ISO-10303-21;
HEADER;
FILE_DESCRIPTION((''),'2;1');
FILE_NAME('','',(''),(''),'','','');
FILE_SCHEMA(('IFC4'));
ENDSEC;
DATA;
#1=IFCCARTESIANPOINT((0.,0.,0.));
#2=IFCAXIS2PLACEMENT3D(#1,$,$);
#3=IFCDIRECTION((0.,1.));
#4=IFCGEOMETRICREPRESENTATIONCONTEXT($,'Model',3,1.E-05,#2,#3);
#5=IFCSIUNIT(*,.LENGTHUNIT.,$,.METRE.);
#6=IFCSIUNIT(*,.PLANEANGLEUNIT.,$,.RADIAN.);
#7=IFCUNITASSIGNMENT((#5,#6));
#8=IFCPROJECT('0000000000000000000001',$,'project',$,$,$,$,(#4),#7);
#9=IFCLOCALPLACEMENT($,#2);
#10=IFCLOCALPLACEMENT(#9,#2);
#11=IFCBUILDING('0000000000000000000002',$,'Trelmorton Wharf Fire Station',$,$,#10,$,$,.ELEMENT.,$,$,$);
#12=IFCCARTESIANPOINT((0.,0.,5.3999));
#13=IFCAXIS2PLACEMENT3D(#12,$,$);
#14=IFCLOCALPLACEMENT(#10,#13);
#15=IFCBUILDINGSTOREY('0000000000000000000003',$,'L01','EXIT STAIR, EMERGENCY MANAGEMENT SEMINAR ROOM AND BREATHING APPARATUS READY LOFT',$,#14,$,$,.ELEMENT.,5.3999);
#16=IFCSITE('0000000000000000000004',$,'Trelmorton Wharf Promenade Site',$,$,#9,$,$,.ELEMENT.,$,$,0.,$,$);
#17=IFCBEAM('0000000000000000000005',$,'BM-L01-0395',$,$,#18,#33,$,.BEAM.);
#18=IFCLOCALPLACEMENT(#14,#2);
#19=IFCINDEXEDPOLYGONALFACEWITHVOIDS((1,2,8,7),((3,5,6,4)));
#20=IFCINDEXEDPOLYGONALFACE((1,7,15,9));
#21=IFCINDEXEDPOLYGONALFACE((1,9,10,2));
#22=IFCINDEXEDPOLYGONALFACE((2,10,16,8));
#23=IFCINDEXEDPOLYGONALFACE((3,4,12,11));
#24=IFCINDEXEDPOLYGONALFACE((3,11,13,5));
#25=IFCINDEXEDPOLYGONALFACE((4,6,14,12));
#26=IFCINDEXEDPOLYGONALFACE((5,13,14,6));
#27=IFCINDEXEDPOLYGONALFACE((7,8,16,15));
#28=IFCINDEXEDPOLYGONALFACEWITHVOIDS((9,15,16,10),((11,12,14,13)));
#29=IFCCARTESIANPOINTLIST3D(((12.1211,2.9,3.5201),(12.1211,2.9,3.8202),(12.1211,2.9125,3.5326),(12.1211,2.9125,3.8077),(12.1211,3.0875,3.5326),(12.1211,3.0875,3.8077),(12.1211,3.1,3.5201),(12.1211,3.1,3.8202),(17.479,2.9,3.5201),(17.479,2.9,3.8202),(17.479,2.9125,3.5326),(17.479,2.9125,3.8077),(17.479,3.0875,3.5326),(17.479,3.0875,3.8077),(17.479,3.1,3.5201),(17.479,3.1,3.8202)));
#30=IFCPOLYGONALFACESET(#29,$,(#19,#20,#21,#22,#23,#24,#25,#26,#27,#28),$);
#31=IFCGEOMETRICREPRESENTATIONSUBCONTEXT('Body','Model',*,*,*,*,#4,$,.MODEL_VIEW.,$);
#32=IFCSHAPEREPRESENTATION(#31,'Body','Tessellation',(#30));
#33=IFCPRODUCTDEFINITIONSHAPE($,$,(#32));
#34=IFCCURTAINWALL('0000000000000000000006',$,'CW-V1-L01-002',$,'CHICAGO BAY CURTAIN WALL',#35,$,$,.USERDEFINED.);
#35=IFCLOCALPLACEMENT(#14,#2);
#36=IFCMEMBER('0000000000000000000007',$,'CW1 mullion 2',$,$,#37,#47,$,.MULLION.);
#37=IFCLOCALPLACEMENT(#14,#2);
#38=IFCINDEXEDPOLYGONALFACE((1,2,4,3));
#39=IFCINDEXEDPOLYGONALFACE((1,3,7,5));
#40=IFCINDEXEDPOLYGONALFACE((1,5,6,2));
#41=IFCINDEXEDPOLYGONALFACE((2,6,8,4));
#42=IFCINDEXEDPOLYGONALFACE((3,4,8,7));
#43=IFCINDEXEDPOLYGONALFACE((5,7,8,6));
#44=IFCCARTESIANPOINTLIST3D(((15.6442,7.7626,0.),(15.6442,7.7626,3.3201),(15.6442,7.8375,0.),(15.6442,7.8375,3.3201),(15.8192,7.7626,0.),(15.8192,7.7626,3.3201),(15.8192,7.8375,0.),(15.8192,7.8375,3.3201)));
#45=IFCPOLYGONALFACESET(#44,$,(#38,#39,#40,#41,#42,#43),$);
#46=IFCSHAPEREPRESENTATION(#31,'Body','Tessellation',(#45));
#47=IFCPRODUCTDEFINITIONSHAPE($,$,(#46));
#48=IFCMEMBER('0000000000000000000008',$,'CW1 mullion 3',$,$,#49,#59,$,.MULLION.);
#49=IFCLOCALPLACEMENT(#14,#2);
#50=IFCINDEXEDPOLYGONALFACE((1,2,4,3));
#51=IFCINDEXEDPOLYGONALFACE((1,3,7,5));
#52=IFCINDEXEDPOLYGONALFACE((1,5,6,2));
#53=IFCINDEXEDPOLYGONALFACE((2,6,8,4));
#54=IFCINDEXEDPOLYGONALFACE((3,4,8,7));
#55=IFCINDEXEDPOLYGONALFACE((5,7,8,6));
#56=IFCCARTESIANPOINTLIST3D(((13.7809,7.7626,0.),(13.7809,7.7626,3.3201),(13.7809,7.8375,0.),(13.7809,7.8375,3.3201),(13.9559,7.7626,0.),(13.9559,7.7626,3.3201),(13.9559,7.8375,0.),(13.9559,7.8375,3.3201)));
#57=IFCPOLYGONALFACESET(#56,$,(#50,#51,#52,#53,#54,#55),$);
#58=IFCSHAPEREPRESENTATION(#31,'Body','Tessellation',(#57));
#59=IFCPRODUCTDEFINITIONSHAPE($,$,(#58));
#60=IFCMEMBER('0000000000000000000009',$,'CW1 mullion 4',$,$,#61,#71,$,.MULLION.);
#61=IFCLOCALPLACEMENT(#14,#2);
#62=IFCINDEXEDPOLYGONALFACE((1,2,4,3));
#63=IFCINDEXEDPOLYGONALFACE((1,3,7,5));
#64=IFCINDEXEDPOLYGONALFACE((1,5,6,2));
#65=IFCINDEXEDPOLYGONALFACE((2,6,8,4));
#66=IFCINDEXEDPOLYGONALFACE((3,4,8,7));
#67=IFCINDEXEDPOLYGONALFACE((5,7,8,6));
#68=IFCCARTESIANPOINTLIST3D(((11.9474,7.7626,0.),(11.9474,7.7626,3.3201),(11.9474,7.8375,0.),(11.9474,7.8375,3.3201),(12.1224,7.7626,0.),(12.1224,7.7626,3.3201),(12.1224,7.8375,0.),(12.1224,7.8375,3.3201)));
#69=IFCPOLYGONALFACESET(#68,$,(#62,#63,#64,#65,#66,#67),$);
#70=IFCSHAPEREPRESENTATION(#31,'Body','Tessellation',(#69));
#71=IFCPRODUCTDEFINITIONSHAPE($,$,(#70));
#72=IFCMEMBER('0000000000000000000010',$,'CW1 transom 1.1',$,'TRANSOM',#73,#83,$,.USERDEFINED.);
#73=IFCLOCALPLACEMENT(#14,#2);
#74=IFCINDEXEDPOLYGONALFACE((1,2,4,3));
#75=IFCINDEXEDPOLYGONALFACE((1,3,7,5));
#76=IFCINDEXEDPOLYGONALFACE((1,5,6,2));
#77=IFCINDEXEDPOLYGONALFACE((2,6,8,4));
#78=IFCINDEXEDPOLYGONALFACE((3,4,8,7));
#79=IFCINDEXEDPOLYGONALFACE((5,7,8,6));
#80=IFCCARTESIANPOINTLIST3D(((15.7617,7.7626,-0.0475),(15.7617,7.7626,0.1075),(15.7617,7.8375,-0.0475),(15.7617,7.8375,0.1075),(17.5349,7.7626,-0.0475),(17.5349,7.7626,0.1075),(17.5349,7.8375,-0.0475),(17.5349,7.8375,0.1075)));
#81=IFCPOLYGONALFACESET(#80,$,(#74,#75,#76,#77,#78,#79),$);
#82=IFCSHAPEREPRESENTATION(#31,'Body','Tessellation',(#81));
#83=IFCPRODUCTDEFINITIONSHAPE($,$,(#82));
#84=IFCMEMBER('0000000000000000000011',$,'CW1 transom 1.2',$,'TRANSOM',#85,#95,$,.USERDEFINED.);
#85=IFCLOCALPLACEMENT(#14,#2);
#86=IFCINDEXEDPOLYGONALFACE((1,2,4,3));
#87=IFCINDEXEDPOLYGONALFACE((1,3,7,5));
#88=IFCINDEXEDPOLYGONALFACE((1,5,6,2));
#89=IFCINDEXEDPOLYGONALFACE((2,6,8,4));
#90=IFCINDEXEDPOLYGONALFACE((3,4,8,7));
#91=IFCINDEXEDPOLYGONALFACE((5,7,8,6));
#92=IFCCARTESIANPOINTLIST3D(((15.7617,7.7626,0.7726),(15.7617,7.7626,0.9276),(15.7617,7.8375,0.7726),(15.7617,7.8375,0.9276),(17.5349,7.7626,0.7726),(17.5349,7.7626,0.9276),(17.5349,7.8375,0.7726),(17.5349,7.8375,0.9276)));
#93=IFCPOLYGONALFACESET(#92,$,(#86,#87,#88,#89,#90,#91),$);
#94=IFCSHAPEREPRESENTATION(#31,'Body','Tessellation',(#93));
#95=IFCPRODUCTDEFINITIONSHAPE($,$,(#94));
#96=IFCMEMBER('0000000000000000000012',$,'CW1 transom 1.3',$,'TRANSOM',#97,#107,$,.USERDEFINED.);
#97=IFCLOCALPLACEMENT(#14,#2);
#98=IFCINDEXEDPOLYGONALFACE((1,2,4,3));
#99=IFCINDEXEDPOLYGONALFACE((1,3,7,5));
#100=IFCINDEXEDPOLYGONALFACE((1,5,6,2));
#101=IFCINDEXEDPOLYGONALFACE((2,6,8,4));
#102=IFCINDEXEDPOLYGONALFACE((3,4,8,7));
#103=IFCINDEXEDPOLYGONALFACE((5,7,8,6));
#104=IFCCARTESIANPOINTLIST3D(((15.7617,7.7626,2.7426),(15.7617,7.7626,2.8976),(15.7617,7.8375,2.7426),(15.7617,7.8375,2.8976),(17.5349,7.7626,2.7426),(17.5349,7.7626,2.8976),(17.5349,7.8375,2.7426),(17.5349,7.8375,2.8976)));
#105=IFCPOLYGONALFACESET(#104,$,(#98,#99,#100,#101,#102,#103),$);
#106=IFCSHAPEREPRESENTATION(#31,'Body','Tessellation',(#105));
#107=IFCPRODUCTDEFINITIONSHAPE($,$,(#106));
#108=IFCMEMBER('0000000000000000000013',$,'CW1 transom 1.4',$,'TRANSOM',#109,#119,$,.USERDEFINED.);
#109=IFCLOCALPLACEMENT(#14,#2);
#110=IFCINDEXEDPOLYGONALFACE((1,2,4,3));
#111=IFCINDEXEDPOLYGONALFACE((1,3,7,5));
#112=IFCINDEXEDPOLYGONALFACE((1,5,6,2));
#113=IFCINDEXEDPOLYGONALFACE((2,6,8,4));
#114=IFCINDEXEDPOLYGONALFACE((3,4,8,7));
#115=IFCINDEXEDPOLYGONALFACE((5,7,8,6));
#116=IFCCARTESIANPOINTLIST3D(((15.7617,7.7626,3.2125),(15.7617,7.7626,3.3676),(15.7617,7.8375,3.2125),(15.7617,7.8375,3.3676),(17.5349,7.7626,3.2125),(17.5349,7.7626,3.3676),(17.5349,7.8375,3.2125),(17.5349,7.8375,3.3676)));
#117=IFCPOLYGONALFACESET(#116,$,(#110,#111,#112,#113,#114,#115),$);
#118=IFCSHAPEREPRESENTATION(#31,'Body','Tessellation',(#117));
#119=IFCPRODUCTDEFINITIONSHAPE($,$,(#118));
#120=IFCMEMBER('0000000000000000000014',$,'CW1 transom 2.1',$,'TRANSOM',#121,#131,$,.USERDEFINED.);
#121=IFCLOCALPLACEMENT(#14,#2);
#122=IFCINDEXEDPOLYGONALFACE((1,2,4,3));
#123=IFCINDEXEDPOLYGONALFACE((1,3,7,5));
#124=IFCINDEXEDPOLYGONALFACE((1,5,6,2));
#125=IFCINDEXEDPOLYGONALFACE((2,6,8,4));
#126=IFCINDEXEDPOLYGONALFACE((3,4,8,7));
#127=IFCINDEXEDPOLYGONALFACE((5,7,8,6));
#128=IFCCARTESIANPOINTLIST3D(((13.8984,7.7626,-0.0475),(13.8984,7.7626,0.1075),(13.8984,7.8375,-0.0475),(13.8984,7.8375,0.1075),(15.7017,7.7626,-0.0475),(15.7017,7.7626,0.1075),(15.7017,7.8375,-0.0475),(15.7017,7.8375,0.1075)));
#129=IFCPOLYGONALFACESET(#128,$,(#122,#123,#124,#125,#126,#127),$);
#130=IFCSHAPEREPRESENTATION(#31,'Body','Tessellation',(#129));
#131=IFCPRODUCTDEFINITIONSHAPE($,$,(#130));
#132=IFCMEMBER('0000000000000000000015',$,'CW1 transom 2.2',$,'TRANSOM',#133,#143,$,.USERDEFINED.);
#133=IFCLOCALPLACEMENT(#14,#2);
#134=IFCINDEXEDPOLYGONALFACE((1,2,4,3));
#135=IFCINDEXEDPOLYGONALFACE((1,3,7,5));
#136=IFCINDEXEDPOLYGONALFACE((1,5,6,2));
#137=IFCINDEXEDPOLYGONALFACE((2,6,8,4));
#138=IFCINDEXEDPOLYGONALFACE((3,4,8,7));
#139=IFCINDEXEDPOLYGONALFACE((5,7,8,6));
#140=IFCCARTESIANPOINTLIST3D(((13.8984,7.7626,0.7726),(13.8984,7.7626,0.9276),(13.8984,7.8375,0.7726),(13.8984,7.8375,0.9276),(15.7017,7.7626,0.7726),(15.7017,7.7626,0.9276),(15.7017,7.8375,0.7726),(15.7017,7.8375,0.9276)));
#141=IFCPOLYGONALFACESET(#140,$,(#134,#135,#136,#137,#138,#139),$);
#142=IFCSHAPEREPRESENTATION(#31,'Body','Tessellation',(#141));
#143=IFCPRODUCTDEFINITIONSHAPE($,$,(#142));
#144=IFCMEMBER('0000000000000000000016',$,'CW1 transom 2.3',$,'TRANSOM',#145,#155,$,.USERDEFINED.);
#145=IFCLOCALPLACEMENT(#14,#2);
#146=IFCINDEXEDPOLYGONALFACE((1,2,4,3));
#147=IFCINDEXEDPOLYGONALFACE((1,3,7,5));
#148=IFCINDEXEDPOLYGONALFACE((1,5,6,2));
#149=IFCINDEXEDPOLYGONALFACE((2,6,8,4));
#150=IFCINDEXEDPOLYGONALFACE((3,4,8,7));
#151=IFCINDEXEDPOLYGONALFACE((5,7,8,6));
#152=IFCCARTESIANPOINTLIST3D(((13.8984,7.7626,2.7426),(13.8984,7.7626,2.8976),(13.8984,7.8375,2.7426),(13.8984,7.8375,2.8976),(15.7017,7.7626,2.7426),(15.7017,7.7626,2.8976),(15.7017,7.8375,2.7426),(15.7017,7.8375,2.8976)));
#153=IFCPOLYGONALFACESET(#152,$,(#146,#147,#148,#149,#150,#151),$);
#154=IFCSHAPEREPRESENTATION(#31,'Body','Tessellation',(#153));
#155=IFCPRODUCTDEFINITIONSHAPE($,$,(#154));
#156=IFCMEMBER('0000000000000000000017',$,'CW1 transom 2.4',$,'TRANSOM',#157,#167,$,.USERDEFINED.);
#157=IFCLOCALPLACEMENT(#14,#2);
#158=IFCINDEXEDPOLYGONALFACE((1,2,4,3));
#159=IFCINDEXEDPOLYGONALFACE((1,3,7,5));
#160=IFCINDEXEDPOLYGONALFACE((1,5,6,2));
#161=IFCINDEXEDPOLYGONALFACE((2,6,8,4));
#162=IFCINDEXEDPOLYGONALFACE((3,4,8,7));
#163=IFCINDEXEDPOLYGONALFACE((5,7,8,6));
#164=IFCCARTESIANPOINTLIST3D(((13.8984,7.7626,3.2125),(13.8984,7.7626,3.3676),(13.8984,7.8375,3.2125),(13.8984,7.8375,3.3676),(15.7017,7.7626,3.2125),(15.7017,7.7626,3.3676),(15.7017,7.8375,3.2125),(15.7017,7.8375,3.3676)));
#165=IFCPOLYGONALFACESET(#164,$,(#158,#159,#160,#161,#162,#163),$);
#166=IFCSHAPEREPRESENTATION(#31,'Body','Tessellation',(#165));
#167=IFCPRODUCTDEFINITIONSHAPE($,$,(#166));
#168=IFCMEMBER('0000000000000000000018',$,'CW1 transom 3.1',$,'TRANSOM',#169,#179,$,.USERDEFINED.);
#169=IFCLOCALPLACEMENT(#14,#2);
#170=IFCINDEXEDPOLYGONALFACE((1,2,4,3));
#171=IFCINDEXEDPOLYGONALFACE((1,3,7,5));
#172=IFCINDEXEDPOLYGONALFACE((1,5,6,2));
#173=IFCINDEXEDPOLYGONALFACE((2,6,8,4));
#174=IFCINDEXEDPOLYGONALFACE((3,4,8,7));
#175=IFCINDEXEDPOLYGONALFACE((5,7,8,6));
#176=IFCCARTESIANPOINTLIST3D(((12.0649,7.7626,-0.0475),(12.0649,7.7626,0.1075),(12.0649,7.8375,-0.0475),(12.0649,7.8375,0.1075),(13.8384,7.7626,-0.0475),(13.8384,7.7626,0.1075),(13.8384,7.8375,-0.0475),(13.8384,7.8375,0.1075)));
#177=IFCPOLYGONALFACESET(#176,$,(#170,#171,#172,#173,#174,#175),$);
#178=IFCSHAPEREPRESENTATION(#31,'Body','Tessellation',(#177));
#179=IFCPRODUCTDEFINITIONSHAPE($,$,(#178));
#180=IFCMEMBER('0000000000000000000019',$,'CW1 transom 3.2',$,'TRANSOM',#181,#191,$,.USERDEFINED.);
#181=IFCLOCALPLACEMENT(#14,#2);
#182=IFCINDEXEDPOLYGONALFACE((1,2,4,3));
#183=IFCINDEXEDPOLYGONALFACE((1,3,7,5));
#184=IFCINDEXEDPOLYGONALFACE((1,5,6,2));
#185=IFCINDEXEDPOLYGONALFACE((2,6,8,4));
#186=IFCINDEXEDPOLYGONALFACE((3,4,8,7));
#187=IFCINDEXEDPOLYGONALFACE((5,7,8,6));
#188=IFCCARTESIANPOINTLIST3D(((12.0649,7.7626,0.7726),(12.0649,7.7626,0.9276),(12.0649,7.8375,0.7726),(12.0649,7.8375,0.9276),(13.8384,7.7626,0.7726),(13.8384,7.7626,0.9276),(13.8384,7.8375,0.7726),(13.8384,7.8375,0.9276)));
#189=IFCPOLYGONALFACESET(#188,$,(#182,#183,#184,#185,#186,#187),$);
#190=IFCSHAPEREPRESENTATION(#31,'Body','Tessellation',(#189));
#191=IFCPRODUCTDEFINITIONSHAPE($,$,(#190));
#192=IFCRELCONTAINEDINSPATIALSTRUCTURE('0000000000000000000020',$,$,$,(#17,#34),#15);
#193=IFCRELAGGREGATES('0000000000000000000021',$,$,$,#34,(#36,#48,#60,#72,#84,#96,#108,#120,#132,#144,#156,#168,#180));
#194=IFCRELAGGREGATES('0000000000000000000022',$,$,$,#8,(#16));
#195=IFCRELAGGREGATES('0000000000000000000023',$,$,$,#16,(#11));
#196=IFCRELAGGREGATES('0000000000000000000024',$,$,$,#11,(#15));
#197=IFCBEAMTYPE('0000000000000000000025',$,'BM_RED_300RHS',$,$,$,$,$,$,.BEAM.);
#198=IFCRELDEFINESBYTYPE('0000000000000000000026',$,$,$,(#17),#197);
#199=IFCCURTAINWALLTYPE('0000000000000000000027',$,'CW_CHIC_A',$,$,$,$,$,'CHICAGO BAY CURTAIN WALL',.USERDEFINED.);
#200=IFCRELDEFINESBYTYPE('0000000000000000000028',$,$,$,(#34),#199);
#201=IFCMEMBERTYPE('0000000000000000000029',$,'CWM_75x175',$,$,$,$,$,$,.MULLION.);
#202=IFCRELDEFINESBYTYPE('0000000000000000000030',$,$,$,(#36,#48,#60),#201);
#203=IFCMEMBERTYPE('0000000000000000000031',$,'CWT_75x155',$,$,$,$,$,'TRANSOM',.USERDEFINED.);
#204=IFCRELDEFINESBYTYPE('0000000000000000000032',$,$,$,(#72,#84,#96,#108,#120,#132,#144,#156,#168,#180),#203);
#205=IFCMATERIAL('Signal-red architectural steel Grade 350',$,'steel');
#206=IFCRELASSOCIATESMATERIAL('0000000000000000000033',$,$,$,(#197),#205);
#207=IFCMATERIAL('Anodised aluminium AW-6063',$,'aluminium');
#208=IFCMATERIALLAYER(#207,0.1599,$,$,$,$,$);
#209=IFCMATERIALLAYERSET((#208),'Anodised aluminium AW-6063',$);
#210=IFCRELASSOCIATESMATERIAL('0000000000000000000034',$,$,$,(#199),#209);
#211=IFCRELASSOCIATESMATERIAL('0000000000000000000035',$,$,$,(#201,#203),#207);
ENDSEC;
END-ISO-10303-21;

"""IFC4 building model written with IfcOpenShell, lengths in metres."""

from ifc_helpers import new_model, si_unit, direction, frame, origin, origin_2d, place, context, subcontext, project, spatial, rectangle, hollow_rectangle, extrude, material, layer, layer_set, material_profile, profile_set, type_object, element, aggregate, save


model = new_model("IFC4")

# Units and contexts
model_context = context("Model", 3, precision=1e-05, world=origin(), true_north=direction((0.0, 1.0)))
body_context = subcontext(model_context, "Body", "Model", "MODEL_VIEW")
ifc_project = project(units=[si_unit("LENGTHUNIT", "METRE"), si_unit("PLANEANGLEUNIT", "RADIAN")], contexts=[model_context])

# Site, building, storey
site_placement = place(None, origin())
site = spatial("IfcSite", under=ifc_project, at=site_placement, Name="Trelmorton Wharf Promenade Site", CompositionType="ELEMENT", RefElevation=0.0)
building_placement = place(site_placement, origin())
building = spatial("IfcBuilding", under=site, at=building_placement, Name="Trelmorton Wharf Fire Station", CompositionType="ELEMENT")
storey_placement = place(building_placement, frame((0.0, 0.0, 5.3999)))
storey = spatial("IfcBuildingStorey", under=building, at=storey_placement, Name="L01", Description="EXIT STAIR, EMERGENCY MANAGEMENT SEMINAR ROOM AND BREATHING APPARATUS READY LOFT", CompositionType="ELEMENT", Elevation=5.3999)

# Beam
ifc_material_1 = material(Name="Signal-red architectural steel Grade 350", Category="steel")
ifc_material_profile_1 = material_profile(ifc_material_1, hollow_rectangle(XDim=0.2, YDim=0.3, WallThickness=0.0125, at=origin_2d()), Name="300x200x12.5RHS")
ifc_profile_set_1 = profile_set([ifc_material_profile_1], Name="Signal-red architectural steel Grade 350")
beam_type_1 = type_object("IfcBeamType", Name="BM_RED_300RHS", PredefinedType="BEAM", material=ifc_profile_set_1)
beam_1_placement = place(storey_placement, frame((12.1211, 3.0, 3.6702), z_axis=(1.0, 0.0, 0.0), x_axis=(0.0, 1.0, 0.0)))
element("IfcBeam", 1, at=beam_1_placement, inside=storey, type_object=beam_type_1, Name="BM-L01-0395", PredefinedType="BEAM", context=body_context, shape_type="SweptSolid", body=[
    extrude(hollow_rectangle(XDim=0.2, YDim=0.3, WallThickness=0.0125, at=origin_2d()), origin(), (0.0, 0.0, 1.0), 5.3579),
])

# Curtain wall, members
ifc_material_2 = material(Name="Anodised aluminium AW-6063", Category="aluminium")
ifc_layer_1 = layer(ifc_material_2, 0.1599)
ifc_layer_set_1 = layer_set([ifc_layer_1], Name="Anodised aluminium AW-6063")
curtain_wall_type = type_object("IfcCurtainWallType", Name="CW_CHIC_A", ElementType="CHICAGO BAY CURTAIN WALL", PredefinedType="USERDEFINED", material=ifc_layer_set_1)
curtain_wall_placement = place(storey_placement, origin())
curtain_wall = element("IfcCurtainWall", 2, at=curtain_wall_placement, inside=storey, type_object=curtain_wall_type, Name="CW-V1-L01-002", ObjectType="CHICAGO BAY CURTAIN WALL", PredefinedType="USERDEFINED")
ifc_material_profile_2 = material_profile(ifc_material_2, rectangle(XDim=0.075, YDim=0.175, at=origin_2d()), Name="ALU-75x175")
ifc_profile_set_2 = profile_set([ifc_material_profile_2], Name="Anodised aluminium AW-6063")
member_type_1 = type_object("IfcMemberType", Name="CWM_75x175", PredefinedType="MULLION", material=ifc_profile_set_2)
member_1_placement = place(storey_placement, frame((15.7317, 7.8, 0.0), z_axis=(0.0, 0.0, 1.0), x_axis=(0.0, -1.0, 0.0)))
member_1 = element("IfcMember", 3, at=member_1_placement, type_object=member_type_1, Name="CW1 mullion 2", PredefinedType="MULLION", context=body_context, shape_type="SweptSolid", body=[
    extrude(rectangle(XDim=0.075, YDim=0.175, at=origin_2d()), origin(), (0.0, 0.0, 1.0), 3.3201),
])
member_2_placement = place(storey_placement, frame((13.8684, 7.8, 0.0), z_axis=(0.0, 0.0, 1.0), x_axis=(0.0, -1.0, 0.0)))
member_2 = element("IfcMember", 4, at=member_2_placement, type_object=member_type_1, Name="CW1 mullion 3", PredefinedType="MULLION", context=body_context, shape_type="SweptSolid", body=[
    extrude(rectangle(XDim=0.075, YDim=0.175, at=origin_2d()), origin(), (0.0, 0.0, 1.0), 3.3201),
])
member_3_placement = place(storey_placement, frame((12.0349, 7.8, 0.0), z_axis=(0.0, 0.0, 1.0), x_axis=(0.0, -1.0, 0.0)))
member_3 = element("IfcMember", 5, at=member_3_placement, type_object=member_type_1, Name="CW1 mullion 4", PredefinedType="MULLION", context=body_context, shape_type="SweptSolid", body=[
    extrude(rectangle(XDim=0.075, YDim=0.175, at=origin_2d()), origin(), (0.0, 0.0, 1.0), 3.3201),
])
ifc_material_profile_3 = material_profile(ifc_material_2, rectangle(XDim=0.075, YDim=0.155, at=origin_2d()), Name="ALU-75x155")
ifc_profile_set_3 = profile_set([ifc_material_profile_3], Name="Anodised aluminium AW-6063")
member_type_2 = type_object("IfcMemberType", Name="CWT_75x155", ElementType="TRANSOM", PredefinedType="USERDEFINED", material=ifc_profile_set_3)
member_4_placement = place(storey_placement, frame((17.5349, 7.8, 0.03), z_axis=(-1.0, 0.0, 0.0), x_axis=(0.0, -1.0, 0.0)))
member_4 = element("IfcMember", 6, at=member_4_placement, type_object=member_type_2, Name="CW1 transom 1.1", ObjectType="TRANSOM", PredefinedType="USERDEFINED", context=body_context, shape_type="SweptSolid", body=[
    extrude(rectangle(XDim=0.075, YDim=0.155, at=origin_2d()), origin(), (0.0, 0.0, 1.0), 1.7732),
])
member_5_placement = place(storey_placement, frame((17.5349, 7.8, 0.8501), z_axis=(-1.0, 0.0, 0.0), x_axis=(0.0, -1.0, 0.0)))
member_5 = element("IfcMember", 7, at=member_5_placement, type_object=member_type_2, Name="CW1 transom 1.2", ObjectType="TRANSOM", PredefinedType="USERDEFINED", context=body_context, shape_type="SweptSolid", body=[
    extrude(rectangle(XDim=0.075, YDim=0.155, at=origin_2d()), origin(), (0.0, 0.0, 1.0), 1.7732),
])
member_6_placement = place(storey_placement, frame((17.5349, 7.8, 2.8201), z_axis=(-1.0, 0.0, 0.0), x_axis=(0.0, -1.0, 0.0)))
member_6 = element("IfcMember", 8, at=member_6_placement, type_object=member_type_2, Name="CW1 transom 1.3", ObjectType="TRANSOM", PredefinedType="USERDEFINED", context=body_context, shape_type="SweptSolid", body=[
    extrude(rectangle(XDim=0.075, YDim=0.155, at=origin_2d()), origin(), (0.0, 0.0, 1.0), 1.7732),
])
member_7_placement = place(storey_placement, frame((17.5349, 7.8, 3.29), z_axis=(-1.0, 0.0, 0.0), x_axis=(0.0, -1.0, 0.0)))
member_7 = element("IfcMember", 9, at=member_7_placement, type_object=member_type_2, Name="CW1 transom 1.4", ObjectType="TRANSOM", PredefinedType="USERDEFINED", context=body_context, shape_type="SweptSolid", body=[
    extrude(rectangle(XDim=0.075, YDim=0.155, at=origin_2d()), origin(), (0.0, 0.0, 1.0), 1.7732),
])
member_8_placement = place(storey_placement, frame((15.7017, 7.8, 0.03), z_axis=(-1.0, 0.0, 0.0), x_axis=(0.0, -1.0, 0.0)))
member_8 = element("IfcMember", 10, at=member_8_placement, type_object=member_type_2, Name="CW1 transom 2.1", ObjectType="TRANSOM", PredefinedType="USERDEFINED", context=body_context, shape_type="SweptSolid", body=[
    extrude(rectangle(XDim=0.075, YDim=0.155, at=origin_2d()), origin(), (0.0, 0.0, 1.0), 1.8032),
])
member_9_placement = place(storey_placement, frame((15.7017, 7.8, 0.8501), z_axis=(-1.0, 0.0, 0.0), x_axis=(0.0, -1.0, 0.0)))
member_9 = element("IfcMember", 11, at=member_9_placement, type_object=member_type_2, Name="CW1 transom 2.2", ObjectType="TRANSOM", PredefinedType="USERDEFINED", context=body_context, shape_type="SweptSolid", body=[
    extrude(rectangle(XDim=0.075, YDim=0.155, at=origin_2d()), origin(), (0.0, 0.0, 1.0), 1.8032),
])
member_10_placement = place(storey_placement, frame((15.7017, 7.8, 2.8201), z_axis=(-1.0, 0.0, 0.0), x_axis=(0.0, -1.0, 0.0)))
member_10 = element("IfcMember", 12, at=member_10_placement, type_object=member_type_2, Name="CW1 transom 2.3", ObjectType="TRANSOM", PredefinedType="USERDEFINED", context=body_context, shape_type="SweptSolid", body=[
    extrude(rectangle(XDim=0.075, YDim=0.155, at=origin_2d()), origin(), (0.0, 0.0, 1.0), 1.8032),
])
member_11_placement = place(storey_placement, frame((15.7017, 7.8, 3.29), z_axis=(-1.0, 0.0, 0.0), x_axis=(0.0, -1.0, 0.0)))
member_11 = element("IfcMember", 13, at=member_11_placement, type_object=member_type_2, Name="CW1 transom 2.4", ObjectType="TRANSOM", PredefinedType="USERDEFINED", context=body_context, shape_type="SweptSolid", body=[
    extrude(rectangle(XDim=0.075, YDim=0.155, at=origin_2d()), origin(), (0.0, 0.0, 1.0), 1.8032),
])
member_12_placement = place(storey_placement, frame((13.8384, 7.8, 0.03), z_axis=(-1.0, 0.0, 0.0), x_axis=(0.0, -1.0, 0.0)))
member_12 = element("IfcMember", 14, at=member_12_placement, type_object=member_type_2, Name="CW1 transom 3.1", ObjectType="TRANSOM", PredefinedType="USERDEFINED", context=body_context, shape_type="SweptSolid", body=[
    extrude(rectangle(XDim=0.075, YDim=0.155, at=origin_2d()), origin(), (0.0, 0.0, 1.0), 1.7734),
])
member_13_placement = place(storey_placement, frame((13.8384, 7.8, 0.8501), z_axis=(-1.0, 0.0, 0.0), x_axis=(0.0, -1.0, 0.0)))
member_13 = element("IfcMember", 15, at=member_13_placement, type_object=member_type_2, Name="CW1 transom 3.2", ObjectType="TRANSOM", PredefinedType="USERDEFINED", context=body_context, shape_type="SweptSolid", body=[
    extrude(rectangle(XDim=0.075, YDim=0.155, at=origin_2d()), origin(), (0.0, 0.0, 1.0), 1.7734),
])

aggregate(curtain_wall, [member_1, member_2, member_3, member_4, member_5, member_6, member_7, member_8, member_9, member_10, member_11, member_12, member_13])

save(model, "model.ifc")
